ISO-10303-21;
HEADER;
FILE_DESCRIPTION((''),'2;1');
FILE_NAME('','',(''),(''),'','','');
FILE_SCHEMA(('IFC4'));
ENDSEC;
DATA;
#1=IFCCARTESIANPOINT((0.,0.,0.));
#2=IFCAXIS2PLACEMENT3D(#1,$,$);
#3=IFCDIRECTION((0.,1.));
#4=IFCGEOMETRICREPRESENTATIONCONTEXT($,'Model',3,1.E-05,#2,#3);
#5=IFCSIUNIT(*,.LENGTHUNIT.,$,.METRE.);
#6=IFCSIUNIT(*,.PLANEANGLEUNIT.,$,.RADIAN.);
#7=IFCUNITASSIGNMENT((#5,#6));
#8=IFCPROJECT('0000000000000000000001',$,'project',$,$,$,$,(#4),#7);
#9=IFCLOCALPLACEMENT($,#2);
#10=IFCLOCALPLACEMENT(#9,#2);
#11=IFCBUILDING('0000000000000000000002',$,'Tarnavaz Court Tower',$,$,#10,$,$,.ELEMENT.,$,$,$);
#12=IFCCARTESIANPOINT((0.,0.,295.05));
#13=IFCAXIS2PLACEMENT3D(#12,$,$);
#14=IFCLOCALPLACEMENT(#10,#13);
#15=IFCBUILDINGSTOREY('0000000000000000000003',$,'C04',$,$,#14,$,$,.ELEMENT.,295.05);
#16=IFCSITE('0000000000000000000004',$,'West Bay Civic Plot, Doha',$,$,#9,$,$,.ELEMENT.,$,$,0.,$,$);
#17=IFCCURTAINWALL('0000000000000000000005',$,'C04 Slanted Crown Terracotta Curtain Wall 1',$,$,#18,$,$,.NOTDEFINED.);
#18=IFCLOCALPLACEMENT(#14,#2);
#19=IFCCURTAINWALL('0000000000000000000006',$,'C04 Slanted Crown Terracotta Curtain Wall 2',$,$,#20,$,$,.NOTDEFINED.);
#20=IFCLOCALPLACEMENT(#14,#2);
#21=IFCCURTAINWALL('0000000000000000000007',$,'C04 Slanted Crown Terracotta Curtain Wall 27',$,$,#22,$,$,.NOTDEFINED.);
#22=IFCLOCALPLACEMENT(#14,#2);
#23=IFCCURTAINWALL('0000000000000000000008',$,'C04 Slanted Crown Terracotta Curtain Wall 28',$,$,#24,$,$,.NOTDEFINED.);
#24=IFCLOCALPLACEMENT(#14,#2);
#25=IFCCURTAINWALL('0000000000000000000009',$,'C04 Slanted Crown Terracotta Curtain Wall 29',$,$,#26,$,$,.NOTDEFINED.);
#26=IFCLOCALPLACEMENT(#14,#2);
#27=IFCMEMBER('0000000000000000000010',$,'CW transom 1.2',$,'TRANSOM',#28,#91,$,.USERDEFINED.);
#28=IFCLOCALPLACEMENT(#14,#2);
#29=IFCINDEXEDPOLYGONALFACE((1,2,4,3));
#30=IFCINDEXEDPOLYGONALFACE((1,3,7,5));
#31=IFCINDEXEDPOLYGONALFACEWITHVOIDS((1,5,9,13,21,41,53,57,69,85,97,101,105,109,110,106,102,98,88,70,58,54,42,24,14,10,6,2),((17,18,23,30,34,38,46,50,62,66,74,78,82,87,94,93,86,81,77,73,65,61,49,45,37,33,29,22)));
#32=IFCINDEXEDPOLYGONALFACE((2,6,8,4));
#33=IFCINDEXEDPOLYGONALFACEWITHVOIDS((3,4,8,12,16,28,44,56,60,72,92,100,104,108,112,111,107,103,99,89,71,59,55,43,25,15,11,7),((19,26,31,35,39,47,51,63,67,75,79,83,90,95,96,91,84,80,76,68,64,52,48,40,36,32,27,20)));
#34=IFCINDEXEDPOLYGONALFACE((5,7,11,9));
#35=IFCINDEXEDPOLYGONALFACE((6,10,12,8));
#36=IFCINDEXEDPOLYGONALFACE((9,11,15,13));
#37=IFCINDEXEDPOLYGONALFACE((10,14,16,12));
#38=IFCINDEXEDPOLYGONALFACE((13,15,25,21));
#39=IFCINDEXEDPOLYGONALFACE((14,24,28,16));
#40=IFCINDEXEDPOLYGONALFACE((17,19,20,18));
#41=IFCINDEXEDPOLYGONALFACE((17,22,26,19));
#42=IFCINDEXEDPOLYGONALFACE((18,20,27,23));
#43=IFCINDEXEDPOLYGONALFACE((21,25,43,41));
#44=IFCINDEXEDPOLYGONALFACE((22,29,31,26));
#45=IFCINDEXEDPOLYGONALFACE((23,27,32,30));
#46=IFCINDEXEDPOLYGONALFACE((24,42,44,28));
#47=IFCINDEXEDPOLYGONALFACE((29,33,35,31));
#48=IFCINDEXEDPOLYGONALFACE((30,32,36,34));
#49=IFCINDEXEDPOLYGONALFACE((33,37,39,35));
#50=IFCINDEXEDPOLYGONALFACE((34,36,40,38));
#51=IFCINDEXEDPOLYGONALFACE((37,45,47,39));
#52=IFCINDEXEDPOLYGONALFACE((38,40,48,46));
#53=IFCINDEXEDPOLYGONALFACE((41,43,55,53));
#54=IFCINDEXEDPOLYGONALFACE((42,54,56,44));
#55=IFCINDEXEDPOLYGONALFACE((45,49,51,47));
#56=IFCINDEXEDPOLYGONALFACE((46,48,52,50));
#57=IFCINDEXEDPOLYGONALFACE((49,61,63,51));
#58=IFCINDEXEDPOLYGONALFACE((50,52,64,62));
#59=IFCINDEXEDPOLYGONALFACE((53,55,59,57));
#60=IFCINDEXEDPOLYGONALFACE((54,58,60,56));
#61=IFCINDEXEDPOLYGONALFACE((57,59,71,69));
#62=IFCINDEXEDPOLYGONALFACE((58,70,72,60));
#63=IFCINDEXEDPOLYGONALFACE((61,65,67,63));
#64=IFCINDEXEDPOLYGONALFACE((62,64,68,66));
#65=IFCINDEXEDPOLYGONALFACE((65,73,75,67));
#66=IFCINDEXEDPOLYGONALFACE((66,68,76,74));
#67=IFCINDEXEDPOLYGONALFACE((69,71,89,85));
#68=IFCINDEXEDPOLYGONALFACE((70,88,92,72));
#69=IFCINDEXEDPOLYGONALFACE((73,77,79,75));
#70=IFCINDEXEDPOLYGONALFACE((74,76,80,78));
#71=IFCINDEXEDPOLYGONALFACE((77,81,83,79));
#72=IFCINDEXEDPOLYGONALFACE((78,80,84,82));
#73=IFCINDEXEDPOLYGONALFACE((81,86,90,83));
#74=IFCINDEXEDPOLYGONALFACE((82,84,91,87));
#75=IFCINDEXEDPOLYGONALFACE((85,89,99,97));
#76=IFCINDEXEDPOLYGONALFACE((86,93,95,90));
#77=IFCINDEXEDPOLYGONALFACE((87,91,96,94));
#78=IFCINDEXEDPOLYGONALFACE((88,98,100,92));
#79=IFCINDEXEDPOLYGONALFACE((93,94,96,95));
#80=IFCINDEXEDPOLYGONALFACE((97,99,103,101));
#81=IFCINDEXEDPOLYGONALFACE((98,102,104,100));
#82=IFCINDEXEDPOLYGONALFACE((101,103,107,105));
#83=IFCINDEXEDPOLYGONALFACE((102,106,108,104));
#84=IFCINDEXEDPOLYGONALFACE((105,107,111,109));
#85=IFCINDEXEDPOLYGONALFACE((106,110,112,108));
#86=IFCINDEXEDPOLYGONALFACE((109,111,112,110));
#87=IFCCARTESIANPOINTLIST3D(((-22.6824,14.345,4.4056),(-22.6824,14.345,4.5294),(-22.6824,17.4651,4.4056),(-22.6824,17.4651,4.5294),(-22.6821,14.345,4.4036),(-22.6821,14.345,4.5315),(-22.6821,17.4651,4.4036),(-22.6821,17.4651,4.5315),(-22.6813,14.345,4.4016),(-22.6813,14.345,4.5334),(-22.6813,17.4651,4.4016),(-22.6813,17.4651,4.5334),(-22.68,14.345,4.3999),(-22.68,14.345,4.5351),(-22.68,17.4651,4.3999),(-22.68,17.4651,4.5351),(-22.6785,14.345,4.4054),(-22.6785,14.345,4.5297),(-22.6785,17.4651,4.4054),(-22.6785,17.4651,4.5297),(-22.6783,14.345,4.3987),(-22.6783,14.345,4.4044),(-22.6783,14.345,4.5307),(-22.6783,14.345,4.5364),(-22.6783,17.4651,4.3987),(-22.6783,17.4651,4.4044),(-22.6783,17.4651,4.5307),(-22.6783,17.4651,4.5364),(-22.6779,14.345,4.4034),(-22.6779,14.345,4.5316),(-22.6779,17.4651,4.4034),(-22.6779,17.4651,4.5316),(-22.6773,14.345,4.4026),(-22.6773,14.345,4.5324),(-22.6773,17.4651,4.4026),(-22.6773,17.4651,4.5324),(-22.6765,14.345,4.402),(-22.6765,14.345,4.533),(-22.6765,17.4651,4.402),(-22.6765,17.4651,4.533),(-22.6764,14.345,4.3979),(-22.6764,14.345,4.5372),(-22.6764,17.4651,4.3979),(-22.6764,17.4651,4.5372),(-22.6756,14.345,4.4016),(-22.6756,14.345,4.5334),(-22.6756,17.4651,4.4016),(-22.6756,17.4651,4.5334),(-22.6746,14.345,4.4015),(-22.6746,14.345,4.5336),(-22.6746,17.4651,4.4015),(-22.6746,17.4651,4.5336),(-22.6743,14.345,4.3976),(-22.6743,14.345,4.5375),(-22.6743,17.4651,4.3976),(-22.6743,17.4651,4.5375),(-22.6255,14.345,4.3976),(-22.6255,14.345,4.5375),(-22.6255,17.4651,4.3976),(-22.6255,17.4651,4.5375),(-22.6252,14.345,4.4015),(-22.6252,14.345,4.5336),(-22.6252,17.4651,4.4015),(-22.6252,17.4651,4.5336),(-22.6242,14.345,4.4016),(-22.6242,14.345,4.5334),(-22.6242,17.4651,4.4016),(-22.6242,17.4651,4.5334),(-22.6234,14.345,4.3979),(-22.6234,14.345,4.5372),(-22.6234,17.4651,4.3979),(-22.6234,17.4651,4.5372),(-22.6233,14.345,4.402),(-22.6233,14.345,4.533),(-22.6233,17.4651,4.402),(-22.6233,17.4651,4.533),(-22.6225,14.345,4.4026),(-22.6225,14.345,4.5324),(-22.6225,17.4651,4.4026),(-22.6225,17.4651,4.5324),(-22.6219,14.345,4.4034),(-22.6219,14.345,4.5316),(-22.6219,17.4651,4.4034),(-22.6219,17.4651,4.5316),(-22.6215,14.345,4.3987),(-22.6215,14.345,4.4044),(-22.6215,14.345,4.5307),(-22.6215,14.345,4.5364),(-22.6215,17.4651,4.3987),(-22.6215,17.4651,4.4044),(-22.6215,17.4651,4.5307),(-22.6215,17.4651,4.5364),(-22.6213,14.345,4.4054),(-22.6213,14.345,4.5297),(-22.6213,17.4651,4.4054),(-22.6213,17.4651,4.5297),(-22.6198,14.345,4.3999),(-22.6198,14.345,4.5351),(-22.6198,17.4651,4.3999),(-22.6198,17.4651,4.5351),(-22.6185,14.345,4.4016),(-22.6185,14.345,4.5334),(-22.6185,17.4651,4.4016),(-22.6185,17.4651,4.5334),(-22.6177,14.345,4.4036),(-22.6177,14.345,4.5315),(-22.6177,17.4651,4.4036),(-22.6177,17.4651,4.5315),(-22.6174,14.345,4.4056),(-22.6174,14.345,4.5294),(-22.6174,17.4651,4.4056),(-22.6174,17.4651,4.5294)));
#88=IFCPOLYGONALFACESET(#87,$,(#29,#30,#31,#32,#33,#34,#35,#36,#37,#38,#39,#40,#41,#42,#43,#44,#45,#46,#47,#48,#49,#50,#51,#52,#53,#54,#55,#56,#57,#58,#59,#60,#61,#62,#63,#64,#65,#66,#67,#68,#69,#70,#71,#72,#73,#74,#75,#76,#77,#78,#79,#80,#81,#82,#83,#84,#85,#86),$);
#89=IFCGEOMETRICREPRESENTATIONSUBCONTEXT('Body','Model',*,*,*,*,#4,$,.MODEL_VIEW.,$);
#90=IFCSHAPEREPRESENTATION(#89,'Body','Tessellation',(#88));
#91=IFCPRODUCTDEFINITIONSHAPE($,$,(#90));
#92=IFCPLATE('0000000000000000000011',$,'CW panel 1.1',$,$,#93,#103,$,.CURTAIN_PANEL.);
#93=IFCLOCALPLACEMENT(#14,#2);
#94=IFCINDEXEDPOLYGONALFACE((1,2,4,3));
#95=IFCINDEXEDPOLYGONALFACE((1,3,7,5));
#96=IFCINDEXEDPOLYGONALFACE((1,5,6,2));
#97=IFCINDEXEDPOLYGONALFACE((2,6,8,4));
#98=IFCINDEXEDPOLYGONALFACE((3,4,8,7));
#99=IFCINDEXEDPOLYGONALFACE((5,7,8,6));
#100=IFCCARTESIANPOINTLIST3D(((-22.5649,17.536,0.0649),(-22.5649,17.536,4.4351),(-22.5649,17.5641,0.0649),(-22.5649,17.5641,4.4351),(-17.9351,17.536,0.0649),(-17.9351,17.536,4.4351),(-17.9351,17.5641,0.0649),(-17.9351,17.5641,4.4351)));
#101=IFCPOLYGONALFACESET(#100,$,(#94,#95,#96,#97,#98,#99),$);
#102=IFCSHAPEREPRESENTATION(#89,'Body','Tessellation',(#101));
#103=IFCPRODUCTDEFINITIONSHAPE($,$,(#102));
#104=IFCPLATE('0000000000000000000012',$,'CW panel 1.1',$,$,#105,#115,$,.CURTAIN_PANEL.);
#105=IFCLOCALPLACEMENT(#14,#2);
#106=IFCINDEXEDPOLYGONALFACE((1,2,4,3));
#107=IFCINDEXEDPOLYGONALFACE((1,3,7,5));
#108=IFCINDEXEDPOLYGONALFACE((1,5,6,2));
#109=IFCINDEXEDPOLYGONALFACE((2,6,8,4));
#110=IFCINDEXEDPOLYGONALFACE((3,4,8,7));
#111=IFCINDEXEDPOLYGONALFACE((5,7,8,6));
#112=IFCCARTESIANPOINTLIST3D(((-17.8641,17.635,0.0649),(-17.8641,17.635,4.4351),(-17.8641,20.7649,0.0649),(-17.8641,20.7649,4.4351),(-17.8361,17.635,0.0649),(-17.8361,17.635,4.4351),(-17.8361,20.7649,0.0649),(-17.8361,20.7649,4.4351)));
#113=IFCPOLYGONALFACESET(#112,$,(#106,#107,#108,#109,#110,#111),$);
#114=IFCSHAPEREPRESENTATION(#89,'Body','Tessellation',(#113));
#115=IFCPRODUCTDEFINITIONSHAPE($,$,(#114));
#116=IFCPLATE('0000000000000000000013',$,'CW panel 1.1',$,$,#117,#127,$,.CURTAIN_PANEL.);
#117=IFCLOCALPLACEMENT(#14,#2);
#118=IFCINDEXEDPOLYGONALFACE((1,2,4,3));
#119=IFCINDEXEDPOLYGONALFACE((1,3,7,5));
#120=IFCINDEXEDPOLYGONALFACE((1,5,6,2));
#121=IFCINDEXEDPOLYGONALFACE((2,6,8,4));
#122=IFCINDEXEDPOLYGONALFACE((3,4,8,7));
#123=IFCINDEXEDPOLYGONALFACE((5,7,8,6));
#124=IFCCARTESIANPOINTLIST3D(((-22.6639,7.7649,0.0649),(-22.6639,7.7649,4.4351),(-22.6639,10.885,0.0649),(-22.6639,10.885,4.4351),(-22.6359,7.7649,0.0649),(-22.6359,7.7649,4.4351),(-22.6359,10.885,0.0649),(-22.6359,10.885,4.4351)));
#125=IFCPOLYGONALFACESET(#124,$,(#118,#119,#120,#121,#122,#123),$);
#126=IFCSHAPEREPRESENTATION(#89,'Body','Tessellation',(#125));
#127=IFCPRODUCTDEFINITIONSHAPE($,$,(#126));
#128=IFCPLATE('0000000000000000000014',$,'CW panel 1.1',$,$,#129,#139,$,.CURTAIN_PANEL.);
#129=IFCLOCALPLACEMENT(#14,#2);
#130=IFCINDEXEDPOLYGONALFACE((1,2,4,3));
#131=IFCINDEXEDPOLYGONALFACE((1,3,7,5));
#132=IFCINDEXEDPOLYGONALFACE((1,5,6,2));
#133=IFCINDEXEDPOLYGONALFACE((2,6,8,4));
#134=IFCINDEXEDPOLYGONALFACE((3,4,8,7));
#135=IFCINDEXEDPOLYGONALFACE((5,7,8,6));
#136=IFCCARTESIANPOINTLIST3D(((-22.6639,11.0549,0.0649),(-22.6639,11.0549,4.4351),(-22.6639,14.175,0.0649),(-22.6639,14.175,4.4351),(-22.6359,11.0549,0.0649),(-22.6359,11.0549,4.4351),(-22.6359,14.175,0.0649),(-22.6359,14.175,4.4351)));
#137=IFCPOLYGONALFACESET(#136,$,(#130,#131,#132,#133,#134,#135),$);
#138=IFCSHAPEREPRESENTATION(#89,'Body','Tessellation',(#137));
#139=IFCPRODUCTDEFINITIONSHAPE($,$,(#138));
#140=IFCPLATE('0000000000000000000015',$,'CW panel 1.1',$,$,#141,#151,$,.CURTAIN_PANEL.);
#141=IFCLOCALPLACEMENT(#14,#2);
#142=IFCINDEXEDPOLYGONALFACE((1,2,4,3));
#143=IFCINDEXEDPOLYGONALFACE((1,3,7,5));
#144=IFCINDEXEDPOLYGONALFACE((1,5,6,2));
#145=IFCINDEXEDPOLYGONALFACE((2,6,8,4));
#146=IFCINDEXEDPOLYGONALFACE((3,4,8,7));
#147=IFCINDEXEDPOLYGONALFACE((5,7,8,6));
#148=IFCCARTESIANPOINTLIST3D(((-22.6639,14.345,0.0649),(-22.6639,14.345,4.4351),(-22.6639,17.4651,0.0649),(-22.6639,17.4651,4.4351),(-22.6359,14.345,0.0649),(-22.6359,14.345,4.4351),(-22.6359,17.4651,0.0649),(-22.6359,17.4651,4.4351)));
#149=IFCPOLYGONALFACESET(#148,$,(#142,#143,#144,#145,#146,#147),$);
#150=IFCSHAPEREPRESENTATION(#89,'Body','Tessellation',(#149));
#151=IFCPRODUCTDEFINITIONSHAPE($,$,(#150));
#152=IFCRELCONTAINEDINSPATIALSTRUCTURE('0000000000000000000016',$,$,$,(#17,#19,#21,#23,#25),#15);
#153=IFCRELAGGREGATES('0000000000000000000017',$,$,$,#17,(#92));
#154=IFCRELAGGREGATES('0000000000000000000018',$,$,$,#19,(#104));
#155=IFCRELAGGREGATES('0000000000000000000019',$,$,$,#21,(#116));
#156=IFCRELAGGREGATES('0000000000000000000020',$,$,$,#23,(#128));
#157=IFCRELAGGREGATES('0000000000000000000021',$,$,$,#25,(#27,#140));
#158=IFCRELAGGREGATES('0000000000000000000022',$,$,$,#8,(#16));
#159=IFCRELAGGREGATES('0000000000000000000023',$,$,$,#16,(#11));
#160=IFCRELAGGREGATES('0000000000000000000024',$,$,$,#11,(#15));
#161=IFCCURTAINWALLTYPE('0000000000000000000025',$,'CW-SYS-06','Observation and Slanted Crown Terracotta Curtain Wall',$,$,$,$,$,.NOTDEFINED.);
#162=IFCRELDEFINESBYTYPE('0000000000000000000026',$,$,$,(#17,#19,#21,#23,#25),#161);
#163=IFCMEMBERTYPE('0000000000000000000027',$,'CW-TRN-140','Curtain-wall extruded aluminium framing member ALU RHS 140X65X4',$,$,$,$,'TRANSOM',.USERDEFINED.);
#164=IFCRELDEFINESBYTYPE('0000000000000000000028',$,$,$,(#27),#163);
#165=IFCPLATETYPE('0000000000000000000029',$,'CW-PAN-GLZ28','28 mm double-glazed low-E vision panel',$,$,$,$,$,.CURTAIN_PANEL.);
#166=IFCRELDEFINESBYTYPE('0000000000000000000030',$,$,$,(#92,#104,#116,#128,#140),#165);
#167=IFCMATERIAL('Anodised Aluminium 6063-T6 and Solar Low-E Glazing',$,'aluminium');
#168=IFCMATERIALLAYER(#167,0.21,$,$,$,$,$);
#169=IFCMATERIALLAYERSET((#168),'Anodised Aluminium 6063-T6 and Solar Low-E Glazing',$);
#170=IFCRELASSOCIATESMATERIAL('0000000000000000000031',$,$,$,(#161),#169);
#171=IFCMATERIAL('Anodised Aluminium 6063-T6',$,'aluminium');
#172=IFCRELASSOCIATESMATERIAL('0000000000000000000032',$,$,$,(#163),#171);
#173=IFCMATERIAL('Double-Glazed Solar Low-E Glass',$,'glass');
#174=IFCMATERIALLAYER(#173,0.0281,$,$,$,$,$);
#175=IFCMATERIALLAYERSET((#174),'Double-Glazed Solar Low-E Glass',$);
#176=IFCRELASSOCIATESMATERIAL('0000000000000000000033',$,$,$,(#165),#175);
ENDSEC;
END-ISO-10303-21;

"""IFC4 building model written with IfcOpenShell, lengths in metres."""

from ifc_helpers import new_model, si_unit, direction, frame, origin, origin_2d, place, context, subcontext, project, spatial, rectangle, hollow_rectangle, extrude, material, layer, layer_set, material_profile, profile_set, type_object, element, aggregate, save


model = new_model("IFC4")

# Units and contexts
model_context = context("Model", 3, precision=1e-05, world=origin(), true_north=direction((0.0, 1.0)))
body_context = subcontext(model_context, "Body", "Model", "MODEL_VIEW")
ifc_project = project(units=[si_unit("LENGTHUNIT", "METRE"), si_unit("PLANEANGLEUNIT", "RADIAN")], contexts=[model_context])

# Site, building, storey
site_placement = place(None, origin())
site = spatial("IfcSite", under=ifc_project, at=site_placement, Name="West Bay Civic Plot, Doha", CompositionType="ELEMENT", RefElevation=0.0)
building_placement = place(site_placement, origin())
building = spatial("IfcBuilding", under=site, at=building_placement, Name="Tarnavaz Court Tower", CompositionType="ELEMENT")
storey_placement = place(building_placement, frame((0.0, 0.0, 295.05)))
storey = spatial("IfcBuildingStorey", under=building, at=storey_placement, Name="C04", CompositionType="ELEMENT", Elevation=295.05)

# Curtain wall
ifc_material_1 = material(Name="Anodised Aluminium 6063-T6 and Solar Low-E Glazing", Category="aluminium")
ifc_layer_1 = layer(ifc_material_1, 0.21)
ifc_layer_set_1 = layer_set([ifc_layer_1], Name="Anodised Aluminium 6063-T6 and Solar Low-E Glazing")
curtain_wall_type = type_object("IfcCurtainWallType", Name="CW-SYS-06", Description="Observation and Slanted Crown Terracotta Curtain Wall", PredefinedType="NOTDEFINED", material=ifc_layer_set_1)
curtain_wall_1_placement = place(storey_placement, origin())
curtain_wall_1 = element("IfcCurtainWall", 1, at=curtain_wall_1_placement, inside=storey, type_object=curtain_wall_type, Name="C04 Slanted Crown Terracotta Curtain Wall 1", PredefinedType="NOTDEFINED")
ifc_material_2 = material(Name="Anodised Aluminium 6063-T6", Category="aluminium")

# Curtain wall
curtain_wall_2_placement = place(storey_placement, origin())
curtain_wall_2 = element("IfcCurtainWall", 2, at=curtain_wall_2_placement, inside=storey, type_object=curtain_wall_type, Name="C04 Slanted Crown Terracotta Curtain Wall 2", PredefinedType="NOTDEFINED")

# Curtain walls
curtain_wall_3_placement = place(storey_placement, origin())
curtain_wall_3 = element("IfcCurtainWall", 3, at=curtain_wall_3_placement, inside=storey, type_object=curtain_wall_type, Name="C04 Slanted Crown Terracotta Curtain Wall 27", PredefinedType="NOTDEFINED")
curtain_wall_4_placement = place(storey_placement, origin())
curtain_wall_4 = element("IfcCurtainWall", 4, at=curtain_wall_4_placement, inside=storey, type_object=curtain_wall_type, Name="C04 Slanted Crown Terracotta Curtain Wall 28", PredefinedType="NOTDEFINED")
curtain_wall_5_placement = place(storey_placement, origin())
curtain_wall_5 = element("IfcCurtainWall", 5, at=curtain_wall_5_placement, inside=storey, type_object=curtain_wall_type, Name="C04 Slanted Crown Terracotta Curtain Wall 29", PredefinedType="NOTDEFINED")

# Member
ifc_material_profile_1 = material_profile(ifc_material_2, hollow_rectangle(XDim=0.0649, YDim=0.1399, WallThickness=0.0039, InnerFilletRadius=0.0039, OuterFilletRadius=0.0081, at=origin_2d()), Name="ALU RHS 140X65X4")
ifc_profile_set_1 = profile_set([ifc_material_profile_1], Name="Anodised Aluminium 6063-T6")
member_type_1 = type_object("IfcMemberType", Name="CW-TRN-140", Description="Curtain-wall extruded aluminium framing member ALU RHS 140X65X4", ElementType="TRANSOM", PredefinedType="USERDEFINED", material=ifc_profile_set_1)
member_1_placement = place(storey_placement, frame((-22.6499, 14.345, 4.4675), z_axis=(0.0, 1.0, 0.0), x_axis=(-1.0, 0.0, 0.0)))
member_1 = element("IfcMember", 6, at=member_1_placement, type_object=member_type_1, Name="CW transom 1.2", ObjectType="TRANSOM", PredefinedType="USERDEFINED", context=body_context, shape_type="SweptSolid", body=[
    extrude(hollow_rectangle(XDim=0.0649, YDim=0.1399, WallThickness=0.0039, InnerFilletRadius=0.0039, OuterFilletRadius=0.0081, at=origin_2d()), origin(), (0.0, 0.0, 1.0), 3.1201),
])

# Plates
ifc_material_3 = material(Name="Double-Glazed Solar Low-E Glass", Category="glass")
ifc_layer_2 = layer(ifc_material_3, 0.0281)
ifc_layer_set_2 = layer_set([ifc_layer_2], Name="Double-Glazed Solar Low-E Glass")
plate_type = type_object("IfcPlateType", Name="CW-PAN-GLZ28", Description="28 mm double-glazed low-E vision panel", PredefinedType="CURTAIN_PANEL", material=ifc_layer_set_2)
plate_1_placement = place(storey_placement, frame((-20.25, 17.55, 0.0649), z_axis=(0.0, 0.0, 1.0), x_axis=(1.0, 0.0, 0.0)))
plate_1 = element("IfcPlate", 7, at=plate_1_placement, type_object=plate_type, Name="CW panel 1.1", PredefinedType="CURTAIN_PANEL", context=body_context, shape_type="SweptSolid", body=[
    extrude(rectangle(XDim=4.6299, YDim=0.0281, at=origin_2d()), origin(), (0.0, 0.0, 1.0), 4.3701),
])
aggregate(curtain_wall_1, [plate_1])
plate_2_placement = place(storey_placement, frame((-17.8501, 19.2, 0.0649), z_axis=(0.0, 0.0, 1.0), x_axis=(0.0, 1.0, 0.0)))
plate_2 = element("IfcPlate", 8, at=plate_2_placement, type_object=plate_type, Name="CW panel 1.1", PredefinedType="CURTAIN_PANEL", context=body_context, shape_type="SweptSolid", body=[
    extrude(rectangle(XDim=3.1299, YDim=0.0281, at=origin_2d()), origin(), (0.0, 0.0, 1.0), 4.3701),
])
aggregate(curtain_wall_2, [plate_2])
plate_3_placement = place(storey_placement, frame((-22.6499, 9.325, 0.0649), z_axis=(0.0, 0.0, 1.0), x_axis=(0.0, 1.0, 0.0)))
plate_3 = element("IfcPlate", 9, at=plate_3_placement, type_object=plate_type, Name="CW panel 1.1", PredefinedType="CURTAIN_PANEL", context=body_context, shape_type="SweptSolid", body=[
    extrude(rectangle(XDim=3.1201, YDim=0.0281, at=origin_2d()), origin(), (0.0, 0.0, 1.0), 4.3701),
])
aggregate(curtain_wall_3, [plate_3])
plate_4_placement = place(storey_placement, frame((-22.6499, 12.615, 0.0649), z_axis=(0.0, 0.0, 1.0), x_axis=(0.0, 1.0, 0.0)))
plate_4 = element("IfcPlate", 10, at=plate_4_placement, type_object=plate_type, Name="CW panel 1.1", PredefinedType="CURTAIN_PANEL", context=body_context, shape_type="SweptSolid", body=[
    extrude(rectangle(XDim=3.1201, YDim=0.0281, at=origin_2d()), origin(), (0.0, 0.0, 1.0), 4.3701),
])
aggregate(curtain_wall_4, [plate_4])
plate_5_placement = place(storey_placement, frame((-22.6499, 15.905, 0.0649), z_axis=(0.0, 0.0, 1.0), x_axis=(0.0, 1.0, 0.0)))
plate_5 = element("IfcPlate", 11, at=plate_5_placement, type_object=plate_type, Name="CW panel 1.1", PredefinedType="CURTAIN_PANEL", context=body_context, shape_type="SweptSolid", body=[
    extrude(rectangle(XDim=3.1201, YDim=0.0281, at=origin_2d()), origin(), (0.0, 0.0, 1.0), 4.3701),
])
aggregate(curtain_wall_5, [member_1, plate_5])

save(model, "model.ifc")
